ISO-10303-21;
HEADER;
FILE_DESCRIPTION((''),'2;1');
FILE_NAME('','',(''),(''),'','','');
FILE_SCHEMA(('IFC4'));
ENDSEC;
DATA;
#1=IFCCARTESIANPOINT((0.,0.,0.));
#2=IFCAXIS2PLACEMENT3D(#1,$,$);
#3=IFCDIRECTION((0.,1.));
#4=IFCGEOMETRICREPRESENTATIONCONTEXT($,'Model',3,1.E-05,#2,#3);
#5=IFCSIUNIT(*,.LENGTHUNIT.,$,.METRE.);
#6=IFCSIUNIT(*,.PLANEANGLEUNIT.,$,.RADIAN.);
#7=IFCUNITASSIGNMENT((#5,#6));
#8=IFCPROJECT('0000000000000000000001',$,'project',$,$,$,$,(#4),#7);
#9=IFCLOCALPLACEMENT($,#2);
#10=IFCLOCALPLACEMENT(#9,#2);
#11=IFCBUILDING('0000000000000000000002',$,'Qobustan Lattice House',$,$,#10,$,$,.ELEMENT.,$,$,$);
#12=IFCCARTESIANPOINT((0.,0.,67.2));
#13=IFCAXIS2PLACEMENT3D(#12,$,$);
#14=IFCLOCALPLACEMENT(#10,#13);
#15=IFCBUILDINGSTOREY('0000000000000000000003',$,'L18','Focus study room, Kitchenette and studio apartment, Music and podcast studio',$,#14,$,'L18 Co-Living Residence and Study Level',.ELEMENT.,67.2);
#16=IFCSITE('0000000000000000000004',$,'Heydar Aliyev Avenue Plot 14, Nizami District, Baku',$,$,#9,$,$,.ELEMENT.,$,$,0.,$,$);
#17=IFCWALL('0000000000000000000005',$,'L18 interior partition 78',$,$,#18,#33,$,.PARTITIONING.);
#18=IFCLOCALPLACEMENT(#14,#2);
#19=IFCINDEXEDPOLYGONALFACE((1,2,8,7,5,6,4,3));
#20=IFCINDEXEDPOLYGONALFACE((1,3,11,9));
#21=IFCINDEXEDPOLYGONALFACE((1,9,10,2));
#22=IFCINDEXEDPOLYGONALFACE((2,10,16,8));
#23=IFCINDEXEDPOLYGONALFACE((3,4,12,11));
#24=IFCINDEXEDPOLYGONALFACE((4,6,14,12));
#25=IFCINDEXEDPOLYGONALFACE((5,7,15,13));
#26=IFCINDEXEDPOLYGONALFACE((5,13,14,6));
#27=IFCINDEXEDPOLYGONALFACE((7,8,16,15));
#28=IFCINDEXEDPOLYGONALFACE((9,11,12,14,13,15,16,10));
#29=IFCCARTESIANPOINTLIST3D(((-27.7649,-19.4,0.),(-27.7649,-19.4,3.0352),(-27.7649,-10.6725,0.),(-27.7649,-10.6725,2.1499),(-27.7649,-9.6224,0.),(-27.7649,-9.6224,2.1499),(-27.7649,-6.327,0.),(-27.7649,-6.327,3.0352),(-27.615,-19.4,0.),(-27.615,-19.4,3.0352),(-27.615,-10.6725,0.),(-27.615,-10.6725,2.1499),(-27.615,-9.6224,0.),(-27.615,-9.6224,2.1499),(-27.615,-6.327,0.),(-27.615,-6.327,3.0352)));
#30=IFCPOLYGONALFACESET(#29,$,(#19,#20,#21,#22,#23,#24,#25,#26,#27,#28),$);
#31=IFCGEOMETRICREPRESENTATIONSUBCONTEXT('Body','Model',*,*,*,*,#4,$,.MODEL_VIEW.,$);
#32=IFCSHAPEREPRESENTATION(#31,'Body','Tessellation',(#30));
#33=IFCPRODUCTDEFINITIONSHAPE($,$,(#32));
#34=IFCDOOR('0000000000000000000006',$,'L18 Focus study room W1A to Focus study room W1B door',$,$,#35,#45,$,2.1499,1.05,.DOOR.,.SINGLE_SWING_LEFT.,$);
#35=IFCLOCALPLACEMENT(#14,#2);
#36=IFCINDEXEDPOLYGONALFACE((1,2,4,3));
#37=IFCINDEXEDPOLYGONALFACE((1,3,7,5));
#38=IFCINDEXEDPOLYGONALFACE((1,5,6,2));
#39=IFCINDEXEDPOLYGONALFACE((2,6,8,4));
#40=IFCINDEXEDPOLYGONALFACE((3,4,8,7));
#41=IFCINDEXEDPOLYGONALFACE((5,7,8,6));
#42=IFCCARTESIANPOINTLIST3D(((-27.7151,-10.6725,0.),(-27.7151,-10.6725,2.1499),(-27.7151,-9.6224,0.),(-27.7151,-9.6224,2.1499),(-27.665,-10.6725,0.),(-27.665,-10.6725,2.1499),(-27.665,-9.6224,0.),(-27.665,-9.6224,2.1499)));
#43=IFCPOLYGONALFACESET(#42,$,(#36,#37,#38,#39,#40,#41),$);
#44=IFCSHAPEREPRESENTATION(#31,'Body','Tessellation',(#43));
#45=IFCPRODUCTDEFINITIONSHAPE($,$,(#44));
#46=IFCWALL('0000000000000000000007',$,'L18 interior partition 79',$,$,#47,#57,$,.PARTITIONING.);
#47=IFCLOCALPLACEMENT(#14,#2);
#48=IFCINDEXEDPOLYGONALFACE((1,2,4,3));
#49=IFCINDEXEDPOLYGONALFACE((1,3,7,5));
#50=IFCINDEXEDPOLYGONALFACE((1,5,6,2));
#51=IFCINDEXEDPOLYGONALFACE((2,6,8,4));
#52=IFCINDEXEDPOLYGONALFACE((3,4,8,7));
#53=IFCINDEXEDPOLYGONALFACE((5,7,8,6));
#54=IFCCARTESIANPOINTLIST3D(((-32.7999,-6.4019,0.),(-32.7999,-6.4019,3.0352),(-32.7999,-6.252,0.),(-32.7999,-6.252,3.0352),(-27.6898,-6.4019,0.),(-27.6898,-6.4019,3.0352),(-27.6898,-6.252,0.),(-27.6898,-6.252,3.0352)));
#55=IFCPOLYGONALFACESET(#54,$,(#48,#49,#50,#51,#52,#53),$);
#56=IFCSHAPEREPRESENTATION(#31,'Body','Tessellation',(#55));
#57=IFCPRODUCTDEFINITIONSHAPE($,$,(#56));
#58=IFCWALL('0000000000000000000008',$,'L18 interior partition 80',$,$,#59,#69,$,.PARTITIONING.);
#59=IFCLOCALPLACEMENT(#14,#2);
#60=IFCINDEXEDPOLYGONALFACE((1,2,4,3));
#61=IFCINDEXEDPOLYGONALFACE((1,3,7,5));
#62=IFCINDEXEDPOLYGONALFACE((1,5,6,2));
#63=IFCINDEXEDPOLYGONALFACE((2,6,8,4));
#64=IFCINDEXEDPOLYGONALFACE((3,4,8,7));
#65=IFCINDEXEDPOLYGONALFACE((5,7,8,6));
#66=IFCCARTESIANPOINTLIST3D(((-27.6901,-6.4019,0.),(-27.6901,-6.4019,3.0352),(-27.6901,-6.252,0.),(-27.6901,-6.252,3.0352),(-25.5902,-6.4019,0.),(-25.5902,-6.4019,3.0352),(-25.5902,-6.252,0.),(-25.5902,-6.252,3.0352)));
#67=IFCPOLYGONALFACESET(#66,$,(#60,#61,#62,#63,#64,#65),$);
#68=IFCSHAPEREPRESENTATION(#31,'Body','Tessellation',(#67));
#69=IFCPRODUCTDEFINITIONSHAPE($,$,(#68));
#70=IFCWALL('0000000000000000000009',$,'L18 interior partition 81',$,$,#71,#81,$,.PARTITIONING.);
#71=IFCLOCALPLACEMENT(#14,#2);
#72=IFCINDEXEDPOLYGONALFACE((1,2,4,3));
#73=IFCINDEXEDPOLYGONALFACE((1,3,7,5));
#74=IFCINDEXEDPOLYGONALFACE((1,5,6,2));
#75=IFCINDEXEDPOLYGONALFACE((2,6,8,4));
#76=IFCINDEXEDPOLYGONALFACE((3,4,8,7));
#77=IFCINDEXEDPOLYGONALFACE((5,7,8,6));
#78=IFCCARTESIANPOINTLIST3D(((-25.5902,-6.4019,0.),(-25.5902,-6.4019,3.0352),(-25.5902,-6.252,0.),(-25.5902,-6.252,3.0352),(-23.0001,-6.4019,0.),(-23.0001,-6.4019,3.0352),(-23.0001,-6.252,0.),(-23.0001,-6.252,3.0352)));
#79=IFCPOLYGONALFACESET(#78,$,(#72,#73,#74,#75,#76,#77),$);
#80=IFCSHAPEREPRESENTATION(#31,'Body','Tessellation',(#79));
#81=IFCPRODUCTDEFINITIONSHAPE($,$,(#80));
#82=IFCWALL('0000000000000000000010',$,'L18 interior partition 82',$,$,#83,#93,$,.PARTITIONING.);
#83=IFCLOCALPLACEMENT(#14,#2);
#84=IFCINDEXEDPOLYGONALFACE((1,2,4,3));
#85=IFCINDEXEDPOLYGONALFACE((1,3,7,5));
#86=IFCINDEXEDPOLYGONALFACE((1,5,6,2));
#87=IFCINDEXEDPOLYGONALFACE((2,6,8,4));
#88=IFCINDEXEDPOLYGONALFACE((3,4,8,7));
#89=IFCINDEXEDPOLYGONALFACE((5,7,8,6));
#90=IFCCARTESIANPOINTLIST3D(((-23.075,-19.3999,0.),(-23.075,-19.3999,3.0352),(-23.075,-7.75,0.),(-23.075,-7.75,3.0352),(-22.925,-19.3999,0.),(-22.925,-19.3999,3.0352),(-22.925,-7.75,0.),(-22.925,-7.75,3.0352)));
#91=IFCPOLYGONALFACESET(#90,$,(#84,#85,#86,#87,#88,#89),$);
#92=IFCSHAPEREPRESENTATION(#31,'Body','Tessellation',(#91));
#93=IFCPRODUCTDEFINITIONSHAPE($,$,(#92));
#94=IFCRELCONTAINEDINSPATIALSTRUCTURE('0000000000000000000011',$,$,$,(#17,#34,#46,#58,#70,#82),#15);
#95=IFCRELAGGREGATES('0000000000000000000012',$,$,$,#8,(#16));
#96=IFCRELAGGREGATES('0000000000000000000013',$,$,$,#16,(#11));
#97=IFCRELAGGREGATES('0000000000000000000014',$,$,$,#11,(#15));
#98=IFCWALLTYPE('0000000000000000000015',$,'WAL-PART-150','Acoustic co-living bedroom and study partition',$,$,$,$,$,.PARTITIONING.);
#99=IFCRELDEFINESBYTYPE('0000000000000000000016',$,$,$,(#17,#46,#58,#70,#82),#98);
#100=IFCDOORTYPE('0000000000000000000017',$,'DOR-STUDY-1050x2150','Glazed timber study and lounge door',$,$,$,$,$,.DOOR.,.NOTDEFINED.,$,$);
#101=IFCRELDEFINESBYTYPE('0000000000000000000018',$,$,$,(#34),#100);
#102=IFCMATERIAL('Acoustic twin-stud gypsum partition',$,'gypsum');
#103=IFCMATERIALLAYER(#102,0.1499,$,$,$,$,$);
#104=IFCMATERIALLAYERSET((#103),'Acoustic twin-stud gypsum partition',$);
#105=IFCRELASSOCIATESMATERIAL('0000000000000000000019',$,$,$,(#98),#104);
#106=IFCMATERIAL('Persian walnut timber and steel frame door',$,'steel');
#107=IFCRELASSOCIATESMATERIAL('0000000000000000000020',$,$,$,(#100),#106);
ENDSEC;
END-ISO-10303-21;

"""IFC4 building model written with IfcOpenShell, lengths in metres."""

from ifc_helpers import new_model, si_unit, direction, frame, frame_2d, origin, place, context, subcontext, project, spatial, rectangle, extrude, material, layer, layer_set, type_object, element, fill, save


model = new_model("IFC4")

# Units and contexts
model_context = context("Model", 3, precision=1e-05, world=origin(), true_north=direction((0.0, 1.0)))
body_context = subcontext(model_context, "Body", "Model", "MODEL_VIEW")
ifc_project = project(units=[si_unit("LENGTHUNIT", "METRE"), si_unit("PLANEANGLEUNIT", "RADIAN")], contexts=[model_context])

# Site, building, storey
site_placement = place(None, origin())
site = spatial("IfcSite", under=ifc_project, at=site_placement, Name="Heydar Aliyev Avenue Plot 14, Nizami District, Baku", CompositionType="ELEMENT", RefElevation=0.0)
building_placement = place(site_placement, origin())
building = spatial("IfcBuilding", under=site, at=building_placement, Name="Qobustan Lattice House", CompositionType="ELEMENT")
storey_placement = place(building_placement, frame((0.0, 0.0, 67.2)))
storey = spatial("IfcBuildingStorey", under=building, at=storey_placement, Name="L18", Description="Focus study room, Kitchenette and studio apartment, Music and podcast studio", LongName="L18 Co-Living Residence and Study Level", CompositionType="ELEMENT", Elevation=67.2)

# Shared definitions
ifc_material_1 = material(Name="Acoustic twin-stud gypsum partition", Category="gypsum")
ifc_layer_1 = layer(ifc_material_1, 0.1499)
ifc_layer_set_1 = layer_set([ifc_layer_1], Name="Acoustic twin-stud gypsum partition")
wall_type_1 = type_object("IfcWallType", Name="WAL-PART-150", Description="Acoustic co-living bedroom and study partition", PredefinedType="PARTITIONING", material=ifc_layer_set_1)
ifc_material_2 = material(Name="Persian walnut timber and steel frame door", Category="steel")
door_type_1 = type_object("IfcDoorType", Name="DOR-STUDY-1050x2150", Description="Glazed timber study and lounge door", OperationType="NOTDEFINED", PredefinedType="DOOR", material=ifc_material_2)

# Wall, opening, door
wall_1_placement = place(storey_placement, frame((-27.6899, -6.3269, 0.0), z_axis=(0.0, 0.0, 1.0), x_axis=(0.0, -1.0, 0.0)))
wall_1 = element("IfcWall", 1, at=wall_1_placement, inside=storey, type_object=wall_type_1, Name="L18 interior partition 78", PredefinedType="PARTITIONING", context=body_context, shape_type="SweptSolid", body=[
    extrude(rectangle(XDim=13.073, YDim=0.1499, at=frame_2d((6.5366, 0.0))), origin(), (0.0, 0.0, 1.0), 3.0352),
])
opening_1_placement = place(wall_1_placement, frame((3.2957, 0.0, 0.0)))
opening_1 = element("IfcOpeningElement", 2, at=opening_1_placement, cuts=wall_1, PredefinedType="OPENING", context=body_context, shape_type="SweptSolid", body=[
    extrude(rectangle(XDim=1.05, YDim=2.1499, at=frame_2d((0.5249, 1.075))), frame((0.0, 0.085, 0.0), z_axis=(0.0, -1.0, 0.0), x_axis=(1.0, 0.0, 0.0)), (0.0, 0.0, 1.0), 0.1699),
])
door_1_placement = place(opening_1_placement, origin())
door_1 = element("IfcDoor", 3, at=door_1_placement, inside=storey, type_object=door_type_1, Name="L18 Focus study room W1A to Focus study room W1B door", OperationType="SINGLE_SWING_LEFT", OverallHeight=2.1499, OverallWidth=1.05, PredefinedType="DOOR", context=body_context, shape_type="SweptSolid", body=[
    extrude(rectangle(XDim=1.05, YDim=2.1499, at=frame_2d((0.5249, 1.075))), frame((0.0, 0.0249, 0.0), z_axis=(0.0, -1.0, 0.0), x_axis=(1.0, 0.0, 0.0)), (0.0, 0.0, 1.0), 0.05),
])
fill(opening_1, door_1)

# Walls
wall_2_placement = place(storey_placement, frame((-32.8, -6.3269, 0.0), z_axis=(0.0, 0.0, 1.0), x_axis=(1.0, 0.0, 0.0)))
element("IfcWall", 4, at=wall_2_placement, inside=storey, type_object=wall_type_1, Name="L18 interior partition 79", PredefinedType="PARTITIONING", context=body_context, shape_type="SweptSolid", body=[
    extrude(rectangle(XDim=5.1101, YDim=0.1499, at=frame_2d((2.5552, 0.0))), origin(), (0.0, 0.0, 1.0), 3.0352),
])
wall_3_placement = place(storey_placement, frame((-27.6899, -6.3269, 0.0), z_axis=(0.0, 0.0, 1.0), x_axis=(1.0, 0.0, 0.0)))
element("IfcWall", 5, at=wall_3_placement, inside=storey, type_object=wall_type_1, Name="L18 interior partition 80", PredefinedType="PARTITIONING", context=body_context, shape_type="SweptSolid", body=[
    extrude(rectangle(XDim=2.0999, YDim=0.1499, at=frame_2d((1.0498, 0.0))), origin(), (0.0, 0.0, 1.0), 3.0352),
])
wall_4_placement = place(storey_placement, frame((-25.5901, -6.3269, 0.0), z_axis=(0.0, 0.0, 1.0), x_axis=(1.0, 0.0, 0.0)))
element("IfcWall", 6, at=wall_4_placement, inside=storey, type_object=wall_type_1, Name="L18 interior partition 81", PredefinedType="PARTITIONING", context=body_context, shape_type="SweptSolid", body=[
    extrude(rectangle(XDim=2.5901, YDim=0.1499, at=frame_2d((1.2949, 0.0))), origin(), (0.0, 0.0, 1.0), 3.0352),
])
wall_5_placement = place(storey_placement, frame((-23.0, -7.75, 0.0), z_axis=(0.0, 0.0, 1.0), x_axis=(0.0, -1.0, 0.0)))
element("IfcWall", 7, at=wall_5_placement, inside=storey, type_object=wall_type_1, Name="L18 interior partition 82", PredefinedType="PARTITIONING", context=body_context, shape_type="SweptSolid", body=[
    extrude(rectangle(XDim=11.6499, YDim=0.1499, at=frame_2d((5.825, 0.0))), origin(), (0.0, 0.0, 1.0), 3.0352),
])

save(model, "model.ifc")
